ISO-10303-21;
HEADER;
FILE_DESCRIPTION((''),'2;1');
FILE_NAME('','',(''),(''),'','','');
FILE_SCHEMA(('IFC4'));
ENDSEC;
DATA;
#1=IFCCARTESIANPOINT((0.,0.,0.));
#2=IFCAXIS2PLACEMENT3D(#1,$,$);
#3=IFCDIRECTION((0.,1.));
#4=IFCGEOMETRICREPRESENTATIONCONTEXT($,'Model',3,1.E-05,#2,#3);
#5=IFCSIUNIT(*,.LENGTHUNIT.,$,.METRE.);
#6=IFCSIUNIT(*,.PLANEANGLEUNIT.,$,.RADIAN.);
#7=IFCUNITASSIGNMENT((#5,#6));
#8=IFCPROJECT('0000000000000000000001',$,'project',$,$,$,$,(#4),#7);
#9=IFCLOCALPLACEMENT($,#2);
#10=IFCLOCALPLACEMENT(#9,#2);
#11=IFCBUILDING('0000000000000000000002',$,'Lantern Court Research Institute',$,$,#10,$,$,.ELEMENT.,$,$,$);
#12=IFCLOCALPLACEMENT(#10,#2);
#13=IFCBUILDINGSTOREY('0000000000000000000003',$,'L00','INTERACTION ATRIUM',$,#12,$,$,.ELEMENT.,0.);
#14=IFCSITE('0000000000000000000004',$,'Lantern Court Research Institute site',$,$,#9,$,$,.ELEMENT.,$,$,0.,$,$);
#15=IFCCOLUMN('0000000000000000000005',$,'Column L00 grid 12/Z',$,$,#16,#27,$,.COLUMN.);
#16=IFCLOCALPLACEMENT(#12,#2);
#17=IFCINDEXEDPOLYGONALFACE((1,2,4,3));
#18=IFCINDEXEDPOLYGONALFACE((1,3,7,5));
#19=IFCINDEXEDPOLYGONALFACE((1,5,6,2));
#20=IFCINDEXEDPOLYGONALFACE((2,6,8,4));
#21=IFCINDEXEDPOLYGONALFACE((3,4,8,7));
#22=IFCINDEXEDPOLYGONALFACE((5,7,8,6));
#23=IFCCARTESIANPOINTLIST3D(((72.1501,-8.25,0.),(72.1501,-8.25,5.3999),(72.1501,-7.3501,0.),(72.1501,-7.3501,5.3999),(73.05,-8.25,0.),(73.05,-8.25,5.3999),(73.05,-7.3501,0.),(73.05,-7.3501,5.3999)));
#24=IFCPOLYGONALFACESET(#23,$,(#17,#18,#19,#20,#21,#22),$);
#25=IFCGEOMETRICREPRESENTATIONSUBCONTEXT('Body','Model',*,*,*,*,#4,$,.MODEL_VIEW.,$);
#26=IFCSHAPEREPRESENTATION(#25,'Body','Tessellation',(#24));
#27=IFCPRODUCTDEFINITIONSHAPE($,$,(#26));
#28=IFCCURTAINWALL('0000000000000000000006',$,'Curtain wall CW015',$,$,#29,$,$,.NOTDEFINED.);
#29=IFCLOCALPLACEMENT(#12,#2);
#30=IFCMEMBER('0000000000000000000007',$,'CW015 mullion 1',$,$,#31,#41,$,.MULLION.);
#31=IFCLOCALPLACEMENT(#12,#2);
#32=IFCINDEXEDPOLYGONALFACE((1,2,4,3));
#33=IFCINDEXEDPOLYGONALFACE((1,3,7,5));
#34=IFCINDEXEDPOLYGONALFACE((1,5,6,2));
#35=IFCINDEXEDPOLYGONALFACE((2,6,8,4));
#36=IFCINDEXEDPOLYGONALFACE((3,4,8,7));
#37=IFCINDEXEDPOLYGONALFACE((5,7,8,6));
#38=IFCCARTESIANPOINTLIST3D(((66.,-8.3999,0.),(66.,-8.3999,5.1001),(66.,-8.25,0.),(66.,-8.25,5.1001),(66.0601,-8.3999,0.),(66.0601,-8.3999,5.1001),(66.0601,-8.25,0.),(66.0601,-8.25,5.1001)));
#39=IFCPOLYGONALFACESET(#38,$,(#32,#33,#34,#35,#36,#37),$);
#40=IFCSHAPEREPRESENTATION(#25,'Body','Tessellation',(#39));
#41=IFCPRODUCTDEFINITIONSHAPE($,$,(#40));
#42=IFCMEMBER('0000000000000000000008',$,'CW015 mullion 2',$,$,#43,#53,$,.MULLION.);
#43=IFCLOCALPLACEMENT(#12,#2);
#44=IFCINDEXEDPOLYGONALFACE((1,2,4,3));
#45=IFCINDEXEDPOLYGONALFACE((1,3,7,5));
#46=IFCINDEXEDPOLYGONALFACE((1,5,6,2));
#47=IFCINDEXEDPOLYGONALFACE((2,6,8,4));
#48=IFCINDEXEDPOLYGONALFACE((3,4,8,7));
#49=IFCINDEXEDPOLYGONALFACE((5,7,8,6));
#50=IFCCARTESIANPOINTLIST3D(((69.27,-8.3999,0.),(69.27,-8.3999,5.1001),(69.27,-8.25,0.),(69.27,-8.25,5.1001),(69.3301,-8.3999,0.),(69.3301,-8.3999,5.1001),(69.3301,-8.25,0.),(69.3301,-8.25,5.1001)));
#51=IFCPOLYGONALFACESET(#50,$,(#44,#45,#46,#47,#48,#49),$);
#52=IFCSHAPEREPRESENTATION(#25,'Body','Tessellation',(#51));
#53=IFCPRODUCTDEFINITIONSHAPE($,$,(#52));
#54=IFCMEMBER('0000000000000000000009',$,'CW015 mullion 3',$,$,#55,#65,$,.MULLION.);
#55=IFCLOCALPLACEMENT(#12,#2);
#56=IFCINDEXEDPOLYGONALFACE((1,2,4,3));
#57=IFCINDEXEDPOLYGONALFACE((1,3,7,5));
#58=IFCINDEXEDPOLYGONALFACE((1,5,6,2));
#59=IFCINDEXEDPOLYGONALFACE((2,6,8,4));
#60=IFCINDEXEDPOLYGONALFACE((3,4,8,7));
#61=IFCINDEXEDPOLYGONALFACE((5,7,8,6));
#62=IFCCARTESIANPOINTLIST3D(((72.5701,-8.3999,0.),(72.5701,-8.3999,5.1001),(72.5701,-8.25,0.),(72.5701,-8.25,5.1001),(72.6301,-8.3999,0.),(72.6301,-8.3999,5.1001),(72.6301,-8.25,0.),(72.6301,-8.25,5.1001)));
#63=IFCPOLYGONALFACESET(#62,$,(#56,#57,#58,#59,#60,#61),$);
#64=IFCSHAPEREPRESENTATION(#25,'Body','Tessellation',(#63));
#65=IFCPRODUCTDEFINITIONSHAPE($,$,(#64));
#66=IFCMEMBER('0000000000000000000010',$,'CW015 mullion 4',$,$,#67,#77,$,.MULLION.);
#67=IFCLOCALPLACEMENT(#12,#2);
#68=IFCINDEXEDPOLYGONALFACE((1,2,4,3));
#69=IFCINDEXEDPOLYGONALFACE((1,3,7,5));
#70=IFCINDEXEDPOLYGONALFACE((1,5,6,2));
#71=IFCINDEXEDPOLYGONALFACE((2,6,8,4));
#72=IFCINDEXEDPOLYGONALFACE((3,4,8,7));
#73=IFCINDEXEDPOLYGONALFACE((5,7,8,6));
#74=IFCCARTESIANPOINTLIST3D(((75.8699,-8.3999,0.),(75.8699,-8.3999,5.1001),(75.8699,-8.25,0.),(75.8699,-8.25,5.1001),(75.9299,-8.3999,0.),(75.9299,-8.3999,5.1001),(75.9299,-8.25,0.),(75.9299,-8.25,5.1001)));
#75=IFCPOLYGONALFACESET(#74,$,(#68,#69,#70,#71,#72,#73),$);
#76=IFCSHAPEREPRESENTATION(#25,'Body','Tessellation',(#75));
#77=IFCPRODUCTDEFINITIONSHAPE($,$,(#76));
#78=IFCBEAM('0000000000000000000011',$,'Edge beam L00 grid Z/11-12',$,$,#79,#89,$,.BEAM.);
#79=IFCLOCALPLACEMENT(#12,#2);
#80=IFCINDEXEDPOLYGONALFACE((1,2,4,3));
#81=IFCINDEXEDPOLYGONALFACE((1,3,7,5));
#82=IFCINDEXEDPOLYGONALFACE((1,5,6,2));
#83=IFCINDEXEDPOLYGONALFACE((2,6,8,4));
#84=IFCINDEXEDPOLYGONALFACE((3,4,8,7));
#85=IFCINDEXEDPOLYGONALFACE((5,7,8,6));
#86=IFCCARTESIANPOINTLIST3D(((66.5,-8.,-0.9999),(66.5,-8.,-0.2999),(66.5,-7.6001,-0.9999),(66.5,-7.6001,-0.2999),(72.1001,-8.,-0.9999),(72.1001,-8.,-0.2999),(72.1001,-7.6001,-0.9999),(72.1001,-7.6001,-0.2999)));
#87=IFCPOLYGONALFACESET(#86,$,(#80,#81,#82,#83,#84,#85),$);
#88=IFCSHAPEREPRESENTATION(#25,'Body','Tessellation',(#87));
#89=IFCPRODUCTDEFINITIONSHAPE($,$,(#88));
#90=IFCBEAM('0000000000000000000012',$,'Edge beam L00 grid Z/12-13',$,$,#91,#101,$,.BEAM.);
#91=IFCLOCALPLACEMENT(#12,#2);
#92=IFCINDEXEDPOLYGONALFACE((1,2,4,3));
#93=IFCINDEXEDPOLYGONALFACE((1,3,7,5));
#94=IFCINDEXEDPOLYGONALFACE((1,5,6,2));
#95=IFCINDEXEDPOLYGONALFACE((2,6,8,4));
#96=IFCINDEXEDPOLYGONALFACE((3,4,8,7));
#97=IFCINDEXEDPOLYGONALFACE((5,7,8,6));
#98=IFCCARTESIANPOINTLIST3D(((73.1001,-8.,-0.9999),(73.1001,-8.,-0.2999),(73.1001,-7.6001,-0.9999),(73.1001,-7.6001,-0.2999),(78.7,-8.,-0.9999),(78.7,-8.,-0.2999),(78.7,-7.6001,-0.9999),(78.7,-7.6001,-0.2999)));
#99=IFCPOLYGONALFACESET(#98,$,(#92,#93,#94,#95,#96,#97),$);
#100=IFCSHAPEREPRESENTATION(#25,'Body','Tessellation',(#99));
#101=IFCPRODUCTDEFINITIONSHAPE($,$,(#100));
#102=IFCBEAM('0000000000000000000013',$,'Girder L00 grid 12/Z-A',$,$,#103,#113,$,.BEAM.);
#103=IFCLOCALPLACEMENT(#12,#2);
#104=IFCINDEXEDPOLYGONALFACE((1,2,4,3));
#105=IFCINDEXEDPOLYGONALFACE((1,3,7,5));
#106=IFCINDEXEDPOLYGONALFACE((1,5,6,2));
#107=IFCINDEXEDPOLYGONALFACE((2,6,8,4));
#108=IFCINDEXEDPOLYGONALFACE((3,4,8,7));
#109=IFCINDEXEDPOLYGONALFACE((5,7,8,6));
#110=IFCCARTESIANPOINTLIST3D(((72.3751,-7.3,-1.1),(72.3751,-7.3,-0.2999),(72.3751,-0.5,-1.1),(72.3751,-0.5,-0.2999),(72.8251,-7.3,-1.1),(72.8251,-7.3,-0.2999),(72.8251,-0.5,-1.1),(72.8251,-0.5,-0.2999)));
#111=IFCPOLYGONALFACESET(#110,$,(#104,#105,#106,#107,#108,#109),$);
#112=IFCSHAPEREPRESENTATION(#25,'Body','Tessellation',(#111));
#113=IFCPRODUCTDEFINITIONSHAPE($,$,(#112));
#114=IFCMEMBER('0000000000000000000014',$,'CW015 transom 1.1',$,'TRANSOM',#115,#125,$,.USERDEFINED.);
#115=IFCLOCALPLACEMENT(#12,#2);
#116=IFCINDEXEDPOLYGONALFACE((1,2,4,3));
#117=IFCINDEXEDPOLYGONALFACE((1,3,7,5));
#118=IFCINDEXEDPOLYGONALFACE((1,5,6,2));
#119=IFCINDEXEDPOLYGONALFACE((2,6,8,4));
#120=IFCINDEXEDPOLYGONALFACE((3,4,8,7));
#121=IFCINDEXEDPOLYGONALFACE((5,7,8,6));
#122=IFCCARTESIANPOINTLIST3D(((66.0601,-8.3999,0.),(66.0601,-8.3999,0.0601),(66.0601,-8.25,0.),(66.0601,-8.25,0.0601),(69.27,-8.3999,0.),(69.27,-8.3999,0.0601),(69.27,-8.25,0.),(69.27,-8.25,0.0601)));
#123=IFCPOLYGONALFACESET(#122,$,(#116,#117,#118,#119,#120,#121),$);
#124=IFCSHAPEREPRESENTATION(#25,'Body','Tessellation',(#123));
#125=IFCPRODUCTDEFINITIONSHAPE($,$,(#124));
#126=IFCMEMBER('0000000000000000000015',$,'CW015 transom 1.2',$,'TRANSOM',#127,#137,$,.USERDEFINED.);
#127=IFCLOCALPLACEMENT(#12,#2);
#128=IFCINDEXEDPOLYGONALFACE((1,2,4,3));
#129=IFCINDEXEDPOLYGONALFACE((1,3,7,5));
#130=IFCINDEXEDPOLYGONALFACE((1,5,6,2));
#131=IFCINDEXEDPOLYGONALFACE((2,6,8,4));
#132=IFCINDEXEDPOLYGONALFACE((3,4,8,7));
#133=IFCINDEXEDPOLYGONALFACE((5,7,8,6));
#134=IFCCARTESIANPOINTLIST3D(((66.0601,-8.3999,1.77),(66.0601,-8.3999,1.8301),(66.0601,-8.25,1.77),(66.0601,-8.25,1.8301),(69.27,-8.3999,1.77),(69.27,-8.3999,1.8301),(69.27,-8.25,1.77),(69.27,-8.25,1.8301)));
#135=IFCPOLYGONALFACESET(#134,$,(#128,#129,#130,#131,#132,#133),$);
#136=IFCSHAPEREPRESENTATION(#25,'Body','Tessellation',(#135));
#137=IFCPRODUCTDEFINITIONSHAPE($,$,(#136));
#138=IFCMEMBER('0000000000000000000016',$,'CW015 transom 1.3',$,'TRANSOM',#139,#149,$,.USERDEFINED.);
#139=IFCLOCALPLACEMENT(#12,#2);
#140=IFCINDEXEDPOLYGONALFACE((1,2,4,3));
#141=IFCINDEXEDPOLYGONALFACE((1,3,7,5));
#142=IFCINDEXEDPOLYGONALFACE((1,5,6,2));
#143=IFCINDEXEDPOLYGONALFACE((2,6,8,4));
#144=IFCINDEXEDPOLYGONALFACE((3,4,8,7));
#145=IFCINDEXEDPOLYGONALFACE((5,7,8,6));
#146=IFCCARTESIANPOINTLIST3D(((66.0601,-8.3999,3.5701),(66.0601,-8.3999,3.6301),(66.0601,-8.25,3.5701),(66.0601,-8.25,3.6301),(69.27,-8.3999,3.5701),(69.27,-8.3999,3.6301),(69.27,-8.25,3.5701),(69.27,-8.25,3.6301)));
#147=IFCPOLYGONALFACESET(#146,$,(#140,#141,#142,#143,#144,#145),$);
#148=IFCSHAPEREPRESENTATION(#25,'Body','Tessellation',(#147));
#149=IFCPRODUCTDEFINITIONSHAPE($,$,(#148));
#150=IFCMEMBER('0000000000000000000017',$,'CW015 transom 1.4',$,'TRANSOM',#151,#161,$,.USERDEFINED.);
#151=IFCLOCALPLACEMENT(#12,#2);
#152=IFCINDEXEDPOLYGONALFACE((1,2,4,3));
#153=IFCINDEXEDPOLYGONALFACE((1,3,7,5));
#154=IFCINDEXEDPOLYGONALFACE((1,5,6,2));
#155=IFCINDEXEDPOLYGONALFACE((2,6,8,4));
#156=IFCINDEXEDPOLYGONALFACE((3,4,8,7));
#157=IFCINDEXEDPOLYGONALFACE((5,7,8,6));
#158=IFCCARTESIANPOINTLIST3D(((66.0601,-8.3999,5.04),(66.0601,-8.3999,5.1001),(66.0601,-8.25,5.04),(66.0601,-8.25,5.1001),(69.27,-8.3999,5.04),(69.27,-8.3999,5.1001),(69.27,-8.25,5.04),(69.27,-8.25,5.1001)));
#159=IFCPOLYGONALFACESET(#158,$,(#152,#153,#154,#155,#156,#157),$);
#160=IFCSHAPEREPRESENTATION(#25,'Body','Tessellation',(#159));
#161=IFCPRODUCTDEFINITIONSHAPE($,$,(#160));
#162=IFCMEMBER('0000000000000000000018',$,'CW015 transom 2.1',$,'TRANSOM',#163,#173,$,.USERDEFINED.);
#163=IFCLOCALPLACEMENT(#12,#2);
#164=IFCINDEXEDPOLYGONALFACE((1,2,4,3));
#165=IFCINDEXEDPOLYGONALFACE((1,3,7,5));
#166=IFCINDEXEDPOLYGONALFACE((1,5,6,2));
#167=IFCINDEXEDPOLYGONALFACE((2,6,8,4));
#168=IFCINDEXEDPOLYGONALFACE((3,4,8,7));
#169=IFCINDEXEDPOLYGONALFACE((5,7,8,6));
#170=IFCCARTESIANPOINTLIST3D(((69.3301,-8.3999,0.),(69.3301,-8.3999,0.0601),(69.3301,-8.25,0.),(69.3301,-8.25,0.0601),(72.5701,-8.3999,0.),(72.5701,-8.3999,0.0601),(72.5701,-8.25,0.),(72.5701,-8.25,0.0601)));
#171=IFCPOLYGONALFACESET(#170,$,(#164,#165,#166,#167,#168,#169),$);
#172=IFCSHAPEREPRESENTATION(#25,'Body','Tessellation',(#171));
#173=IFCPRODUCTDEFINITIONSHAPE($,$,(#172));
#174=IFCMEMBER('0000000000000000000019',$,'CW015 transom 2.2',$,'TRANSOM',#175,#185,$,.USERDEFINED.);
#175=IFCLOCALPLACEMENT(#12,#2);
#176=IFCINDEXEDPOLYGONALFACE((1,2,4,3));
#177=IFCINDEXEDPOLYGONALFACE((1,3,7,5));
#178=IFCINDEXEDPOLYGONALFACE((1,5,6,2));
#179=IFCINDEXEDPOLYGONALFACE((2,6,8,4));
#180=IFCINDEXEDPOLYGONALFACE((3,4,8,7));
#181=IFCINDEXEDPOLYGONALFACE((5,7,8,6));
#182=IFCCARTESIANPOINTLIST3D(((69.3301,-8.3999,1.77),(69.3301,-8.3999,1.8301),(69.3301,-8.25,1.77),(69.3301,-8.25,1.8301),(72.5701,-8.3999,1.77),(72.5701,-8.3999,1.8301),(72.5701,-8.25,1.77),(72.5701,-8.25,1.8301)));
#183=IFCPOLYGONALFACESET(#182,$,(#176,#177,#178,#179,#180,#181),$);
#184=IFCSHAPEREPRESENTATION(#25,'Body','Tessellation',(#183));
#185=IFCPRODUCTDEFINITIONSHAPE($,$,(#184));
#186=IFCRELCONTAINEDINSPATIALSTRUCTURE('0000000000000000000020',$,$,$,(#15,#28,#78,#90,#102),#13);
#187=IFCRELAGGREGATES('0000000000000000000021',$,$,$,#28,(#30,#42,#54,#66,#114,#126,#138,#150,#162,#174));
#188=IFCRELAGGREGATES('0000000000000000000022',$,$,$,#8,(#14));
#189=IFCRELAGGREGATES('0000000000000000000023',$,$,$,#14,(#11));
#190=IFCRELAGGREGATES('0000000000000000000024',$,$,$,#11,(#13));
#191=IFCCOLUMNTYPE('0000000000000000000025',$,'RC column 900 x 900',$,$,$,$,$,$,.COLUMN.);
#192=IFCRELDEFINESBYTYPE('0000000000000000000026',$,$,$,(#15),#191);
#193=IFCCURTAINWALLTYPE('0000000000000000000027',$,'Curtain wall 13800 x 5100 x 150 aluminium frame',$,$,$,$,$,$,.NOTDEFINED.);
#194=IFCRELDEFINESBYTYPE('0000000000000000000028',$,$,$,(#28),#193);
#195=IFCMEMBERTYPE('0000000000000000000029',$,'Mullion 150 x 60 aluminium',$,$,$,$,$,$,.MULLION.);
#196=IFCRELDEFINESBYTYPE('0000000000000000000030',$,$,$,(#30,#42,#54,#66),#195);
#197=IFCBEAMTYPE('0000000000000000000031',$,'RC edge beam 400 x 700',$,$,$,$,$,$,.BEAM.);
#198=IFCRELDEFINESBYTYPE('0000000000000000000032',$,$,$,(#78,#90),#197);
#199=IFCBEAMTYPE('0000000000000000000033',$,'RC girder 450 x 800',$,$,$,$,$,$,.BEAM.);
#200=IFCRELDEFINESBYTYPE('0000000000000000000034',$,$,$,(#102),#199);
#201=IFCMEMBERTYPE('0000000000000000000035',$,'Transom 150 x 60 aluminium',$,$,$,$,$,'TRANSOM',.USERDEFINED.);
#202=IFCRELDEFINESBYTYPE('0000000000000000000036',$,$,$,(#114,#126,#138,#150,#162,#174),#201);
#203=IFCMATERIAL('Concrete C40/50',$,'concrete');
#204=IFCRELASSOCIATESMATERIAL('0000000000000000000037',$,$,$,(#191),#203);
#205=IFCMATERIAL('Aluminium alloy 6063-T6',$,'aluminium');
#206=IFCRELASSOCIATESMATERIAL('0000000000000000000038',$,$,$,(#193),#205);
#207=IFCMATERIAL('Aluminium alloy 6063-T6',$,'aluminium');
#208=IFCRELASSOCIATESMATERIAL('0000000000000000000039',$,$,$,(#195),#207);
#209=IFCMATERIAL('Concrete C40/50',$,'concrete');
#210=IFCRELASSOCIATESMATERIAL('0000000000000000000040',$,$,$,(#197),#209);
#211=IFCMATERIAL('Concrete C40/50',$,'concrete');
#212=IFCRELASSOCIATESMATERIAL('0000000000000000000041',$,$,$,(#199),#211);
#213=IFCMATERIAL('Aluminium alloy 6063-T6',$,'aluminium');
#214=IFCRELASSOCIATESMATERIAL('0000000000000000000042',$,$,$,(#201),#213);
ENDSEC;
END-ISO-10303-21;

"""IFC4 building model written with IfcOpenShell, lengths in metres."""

from ifc_helpers import new_model, si_unit, direction, frame, origin, origin_2d, place, context, subcontext, project, spatial, rectangle, extrude, material, material_profile, profile_set, type_object, element, aggregate, save


model = new_model("IFC4")

# Units and contexts
model_context = context("Model", 3, precision=1e-05, world=origin(), true_north=direction((0.0, 1.0)))
body_context = subcontext(model_context, "Body", "Model", "MODEL_VIEW")
ifc_project = project(units=[si_unit("LENGTHUNIT", "METRE"), si_unit("PLANEANGLEUNIT", "RADIAN")], contexts=[model_context])

# Site, building, storey
site_placement = place(None, origin())
site = spatial("IfcSite", under=ifc_project, at=site_placement, Name="Lantern Court Research Institute site", CompositionType="ELEMENT", RefElevation=0.0)
building_placement = place(site_placement, origin())
building = spatial("IfcBuilding", under=site, at=building_placement, Name="Lantern Court Research Institute", CompositionType="ELEMENT")
storey_placement = place(building_placement, origin())
storey = spatial("IfcBuildingStorey", under=building, at=storey_placement, Name="L00", Description="INTERACTION ATRIUM", CompositionType="ELEMENT", Elevation=0.0)

# Column
ifc_material_1 = material(Name="Concrete C40/50", Category="concrete")
ifc_material_profile_1 = material_profile(ifc_material_1, rectangle(XDim=0.8999, YDim=0.8999, at=origin_2d()), Name="RC column 900 x 900")
ifc_profile_set_1 = profile_set([ifc_material_profile_1], Name="Concrete C40/50")
column_type = type_object("IfcColumnType", Name="RC column 900 x 900", PredefinedType="COLUMN", material=ifc_profile_set_1)
column_placement = place(storey_placement, frame((72.6001, -7.8, 0.0), z_axis=(0.0, 0.0, 1.0), x_axis=(1.0, 0.0, 0.0)))
element("IfcColumn", 1, at=column_placement, inside=storey, type_object=column_type, Name="Column L00 grid 12/Z", PredefinedType="COLUMN", context=body_context, shape_type="SweptSolid", body=[
    extrude(rectangle(XDim=0.8999, YDim=0.8999, at=origin_2d()), origin(), (0.0, 0.0, 1.0), 5.3999),
])

# Curtain wall, members
ifc_material_2 = material(Name="Aluminium alloy 6063-T6", Category="aluminium")
curtain_wall_type = type_object("IfcCurtainWallType", Name="Curtain wall 13800 x 5100 x 150 aluminium frame", PredefinedType="NOTDEFINED", material=ifc_material_2)
curtain_wall_placement = place(storey_placement, origin())
curtain_wall = element("IfcCurtainWall", 2, at=curtain_wall_placement, inside=storey, type_object=curtain_wall_type, Name="Curtain wall CW015", PredefinedType="NOTDEFINED")
ifc_material_3 = material(Name="Aluminium alloy 6063-T6", Category="aluminium")
ifc_material_profile_2 = material_profile(ifc_material_3, rectangle(XDim=0.1499, YDim=0.0601, at=origin_2d()), Name="Mullion 150 x 60")
ifc_profile_set_2 = profile_set([ifc_material_profile_2], Name="Aluminium alloy 6063-T6")
member_type_1 = type_object("IfcMemberType", Name="Mullion 150 x 60 aluminium", PredefinedType="MULLION", material=ifc_profile_set_2)
member_1_placement = place(storey_placement, frame((66.03, -8.325, 0.0), z_axis=(0.0, 0.0, 1.0), x_axis=(0.0, -1.0, 0.0)))
member_1 = element("IfcMember", 3, at=member_1_placement, type_object=member_type_1, Name="CW015 mullion 1", PredefinedType="MULLION", context=body_context, shape_type="SweptSolid", body=[
    extrude(rectangle(XDim=0.1499, YDim=0.0601, at=origin_2d()), origin(), (0.0, 0.0, 1.0), 5.1001),
])
member_2_placement = place(storey_placement, frame((69.3, -8.325, 0.0), z_axis=(0.0, 0.0, 1.0), x_axis=(0.0, -1.0, 0.0)))
member_2 = element("IfcMember", 4, at=member_2_placement, type_object=member_type_1, Name="CW015 mullion 2", PredefinedType="MULLION", context=body_context, shape_type="SweptSolid", body=[
    extrude(rectangle(XDim=0.1499, YDim=0.0601, at=origin_2d()), origin(), (0.0, 0.0, 1.0), 5.1001),
])
member_3_placement = place(storey_placement, frame((72.6001, -8.325, 0.0), z_axis=(0.0, 0.0, 1.0), x_axis=(0.0, -1.0, 0.0)))
member_3 = element("IfcMember", 5, at=member_3_placement, type_object=member_type_1, Name="CW015 mullion 3", PredefinedType="MULLION", context=body_context, shape_type="SweptSolid", body=[
    extrude(rectangle(XDim=0.1499, YDim=0.0601, at=origin_2d()), origin(), (0.0, 0.0, 1.0), 5.1001),
])
member_4_placement = place(storey_placement, frame((75.8999, -8.325, 0.0), z_axis=(0.0, 0.0, 1.0), x_axis=(0.0, -1.0, 0.0)))
member_4 = element("IfcMember", 6, at=member_4_placement, type_object=member_type_1, Name="CW015 mullion 4", PredefinedType="MULLION", context=body_context, shape_type="SweptSolid", body=[
    extrude(rectangle(XDim=0.1499, YDim=0.0601, at=origin_2d()), origin(), (0.0, 0.0, 1.0), 5.1001),
])

# Beams
ifc_material_4 = material(Name="Concrete C40/50", Category="concrete")
ifc_material_profile_3 = material_profile(ifc_material_4, rectangle(XDim=0.3999, YDim=0.7, at=origin_2d()), Name="RC beam 400 x 700")
ifc_profile_set_3 = profile_set([ifc_material_profile_3], Name="Concrete C40/50")
beam_type_1 = type_object("IfcBeamType", Name="RC edge beam 400 x 700", PredefinedType="BEAM", material=ifc_profile_set_3)
beam_1_placement = place(storey_placement, frame((66.5, -7.8, -0.6499), z_axis=(1.0, 0.0, 0.0), x_axis=(0.0, 1.0, 0.0)))
element("IfcBeam", 7, at=beam_1_placement, inside=storey, type_object=beam_type_1, Name="Edge beam L00 grid Z/11-12", PredefinedType="BEAM", context=body_context, shape_type="SweptSolid", body=[
    extrude(rectangle(XDim=0.3999, YDim=0.7, at=origin_2d()), origin(), (0.0, 0.0, 1.0), 5.6001),
])
beam_2_placement = place(storey_placement, frame((73.1001, -7.8, -0.6499), z_axis=(1.0, 0.0, 0.0), x_axis=(0.0, 1.0, 0.0)))
element("IfcBeam", 8, at=beam_2_placement, inside=storey, type_object=beam_type_1, Name="Edge beam L00 grid Z/12-13", PredefinedType="BEAM", context=body_context, shape_type="SweptSolid", body=[
    extrude(rectangle(XDim=0.3999, YDim=0.7, at=origin_2d()), origin(), (0.0, 0.0, 1.0), 5.5999),
])
ifc_material_5 = material(Name="Concrete C40/50", Category="concrete")
ifc_material_profile_4 = material_profile(ifc_material_5, rectangle(XDim=0.45, YDim=0.8, at=origin_2d()), Name="RC beam 450 x 800")
ifc_profile_set_4 = profile_set([ifc_material_profile_4], Name="Concrete C40/50")
beam_type_2 = type_object("IfcBeamType", Name="RC girder 450 x 800", PredefinedType="BEAM", material=ifc_profile_set_4)
beam_3_placement = place(storey_placement, frame((72.6001, -7.3, -0.7), z_axis=(0.0, 1.0, 0.0), x_axis=(-1.0, 0.0, 0.0)))
element("IfcBeam", 9, at=beam_3_placement, inside=storey, type_object=beam_type_2, Name="Girder L00 grid 12/Z-A", PredefinedType="BEAM", context=body_context, shape_type="SweptSolid", body=[
    extrude(rectangle(XDim=0.45, YDim=0.8, at=origin_2d()), origin(), (0.0, 0.0, 1.0), 6.8),
])

# Members
ifc_material_6 = material(Name="Aluminium alloy 6063-T6", Category="aluminium")
ifc_material_profile_5 = material_profile(ifc_material_6, rectangle(XDim=0.1499, YDim=0.0601, at=origin_2d()), Name="Transom 150 x 60")
ifc_profile_set_5 = profile_set([ifc_material_profile_5], Name="Aluminium alloy 6063-T6")
member_type_2 = type_object("IfcMemberType", Name="Transom 150 x 60 aluminium", ElementType="TRANSOM", PredefinedType="USERDEFINED", material=ifc_profile_set_5)
member_5_placement = place(storey_placement, frame((69.27, -8.325, 0.03), z_axis=(-1.0, 0.0, 0.0), x_axis=(0.0, -1.0, 0.0)))
member_5 = element("IfcMember", 10, at=member_5_placement, type_object=member_type_2, Name="CW015 transom 1.1", ObjectType="TRANSOM", PredefinedType="USERDEFINED", context=body_context, shape_type="SweptSolid", body=[
    extrude(rectangle(XDim=0.1499, YDim=0.0601, at=origin_2d()), origin(), (0.0, 0.0, 1.0), 3.21),
])
member_6_placement = place(storey_placement, frame((69.27, -8.325, 1.8), z_axis=(-1.0, 0.0, 0.0), x_axis=(0.0, -1.0, 0.0)))
member_6 = element("IfcMember", 11, at=member_6_placement, type_object=member_type_2, Name="CW015 transom 1.2", ObjectType="TRANSOM", PredefinedType="USERDEFINED", context=body_context, shape_type="SweptSolid", body=[
    extrude(rectangle(XDim=0.1499, YDim=0.0601, at=origin_2d()), origin(), (0.0, 0.0, 1.0), 3.21),
])
member_7_placement = place(storey_placement, frame((69.27, -8.325, 3.6001), z_axis=(-1.0, 0.0, 0.0), x_axis=(0.0, -1.0, 0.0)))
member_7 = element("IfcMember", 12, at=member_7_placement, type_object=member_type_2, Name="CW015 transom 1.3", ObjectType="TRANSOM", PredefinedType="USERDEFINED", context=body_context, shape_type="SweptSolid", body=[
    extrude(rectangle(XDim=0.1499, YDim=0.0601, at=origin_2d()), origin(), (0.0, 0.0, 1.0), 3.21),
])
member_8_placement = place(storey_placement, frame((69.27, -8.325, 5.0701), z_axis=(-1.0, 0.0, 0.0), x_axis=(0.0, -1.0, 0.0)))
member_8 = element("IfcMember", 13, at=member_8_placement, type_object=member_type_2, Name="CW015 transom 1.4", ObjectType="TRANSOM", PredefinedType="USERDEFINED", context=body_context, shape_type="SweptSolid", body=[
    extrude(rectangle(XDim=0.1499, YDim=0.0601, at=origin_2d()), origin(), (0.0, 0.0, 1.0), 3.21),
])
member_9_placement = place(storey_placement, frame((72.5701, -8.325, 0.03), z_axis=(-1.0, 0.0, 0.0), x_axis=(0.0, -1.0, 0.0)))
member_9 = element("IfcMember", 14, at=member_9_placement, type_object=member_type_2, Name="CW015 transom 2.1", ObjectType="TRANSOM", PredefinedType="USERDEFINED", context=body_context, shape_type="SweptSolid", body=[
    extrude(rectangle(XDim=0.1499, YDim=0.0601, at=origin_2d()), origin(), (0.0, 0.0, 1.0), 3.24),
])
member_10_placement = place(storey_placement, frame((72.5701, -8.325, 1.8), z_axis=(-1.0, 0.0, 0.0), x_axis=(0.0, -1.0, 0.0)))
member_10 = element("IfcMember", 15, at=member_10_placement, type_object=member_type_2, Name="CW015 transom 2.2", ObjectType="TRANSOM", PredefinedType="USERDEFINED", context=body_context, shape_type="SweptSolid", body=[
    extrude(rectangle(XDim=0.1499, YDim=0.0601, at=origin_2d()), origin(), (0.0, 0.0, 1.0), 3.24),
])

aggregate(curtain_wall, [member_1, member_2, member_3, member_4, member_5, member_6, member_7, member_8, member_9, member_10])

save(model, "model.ifc")
